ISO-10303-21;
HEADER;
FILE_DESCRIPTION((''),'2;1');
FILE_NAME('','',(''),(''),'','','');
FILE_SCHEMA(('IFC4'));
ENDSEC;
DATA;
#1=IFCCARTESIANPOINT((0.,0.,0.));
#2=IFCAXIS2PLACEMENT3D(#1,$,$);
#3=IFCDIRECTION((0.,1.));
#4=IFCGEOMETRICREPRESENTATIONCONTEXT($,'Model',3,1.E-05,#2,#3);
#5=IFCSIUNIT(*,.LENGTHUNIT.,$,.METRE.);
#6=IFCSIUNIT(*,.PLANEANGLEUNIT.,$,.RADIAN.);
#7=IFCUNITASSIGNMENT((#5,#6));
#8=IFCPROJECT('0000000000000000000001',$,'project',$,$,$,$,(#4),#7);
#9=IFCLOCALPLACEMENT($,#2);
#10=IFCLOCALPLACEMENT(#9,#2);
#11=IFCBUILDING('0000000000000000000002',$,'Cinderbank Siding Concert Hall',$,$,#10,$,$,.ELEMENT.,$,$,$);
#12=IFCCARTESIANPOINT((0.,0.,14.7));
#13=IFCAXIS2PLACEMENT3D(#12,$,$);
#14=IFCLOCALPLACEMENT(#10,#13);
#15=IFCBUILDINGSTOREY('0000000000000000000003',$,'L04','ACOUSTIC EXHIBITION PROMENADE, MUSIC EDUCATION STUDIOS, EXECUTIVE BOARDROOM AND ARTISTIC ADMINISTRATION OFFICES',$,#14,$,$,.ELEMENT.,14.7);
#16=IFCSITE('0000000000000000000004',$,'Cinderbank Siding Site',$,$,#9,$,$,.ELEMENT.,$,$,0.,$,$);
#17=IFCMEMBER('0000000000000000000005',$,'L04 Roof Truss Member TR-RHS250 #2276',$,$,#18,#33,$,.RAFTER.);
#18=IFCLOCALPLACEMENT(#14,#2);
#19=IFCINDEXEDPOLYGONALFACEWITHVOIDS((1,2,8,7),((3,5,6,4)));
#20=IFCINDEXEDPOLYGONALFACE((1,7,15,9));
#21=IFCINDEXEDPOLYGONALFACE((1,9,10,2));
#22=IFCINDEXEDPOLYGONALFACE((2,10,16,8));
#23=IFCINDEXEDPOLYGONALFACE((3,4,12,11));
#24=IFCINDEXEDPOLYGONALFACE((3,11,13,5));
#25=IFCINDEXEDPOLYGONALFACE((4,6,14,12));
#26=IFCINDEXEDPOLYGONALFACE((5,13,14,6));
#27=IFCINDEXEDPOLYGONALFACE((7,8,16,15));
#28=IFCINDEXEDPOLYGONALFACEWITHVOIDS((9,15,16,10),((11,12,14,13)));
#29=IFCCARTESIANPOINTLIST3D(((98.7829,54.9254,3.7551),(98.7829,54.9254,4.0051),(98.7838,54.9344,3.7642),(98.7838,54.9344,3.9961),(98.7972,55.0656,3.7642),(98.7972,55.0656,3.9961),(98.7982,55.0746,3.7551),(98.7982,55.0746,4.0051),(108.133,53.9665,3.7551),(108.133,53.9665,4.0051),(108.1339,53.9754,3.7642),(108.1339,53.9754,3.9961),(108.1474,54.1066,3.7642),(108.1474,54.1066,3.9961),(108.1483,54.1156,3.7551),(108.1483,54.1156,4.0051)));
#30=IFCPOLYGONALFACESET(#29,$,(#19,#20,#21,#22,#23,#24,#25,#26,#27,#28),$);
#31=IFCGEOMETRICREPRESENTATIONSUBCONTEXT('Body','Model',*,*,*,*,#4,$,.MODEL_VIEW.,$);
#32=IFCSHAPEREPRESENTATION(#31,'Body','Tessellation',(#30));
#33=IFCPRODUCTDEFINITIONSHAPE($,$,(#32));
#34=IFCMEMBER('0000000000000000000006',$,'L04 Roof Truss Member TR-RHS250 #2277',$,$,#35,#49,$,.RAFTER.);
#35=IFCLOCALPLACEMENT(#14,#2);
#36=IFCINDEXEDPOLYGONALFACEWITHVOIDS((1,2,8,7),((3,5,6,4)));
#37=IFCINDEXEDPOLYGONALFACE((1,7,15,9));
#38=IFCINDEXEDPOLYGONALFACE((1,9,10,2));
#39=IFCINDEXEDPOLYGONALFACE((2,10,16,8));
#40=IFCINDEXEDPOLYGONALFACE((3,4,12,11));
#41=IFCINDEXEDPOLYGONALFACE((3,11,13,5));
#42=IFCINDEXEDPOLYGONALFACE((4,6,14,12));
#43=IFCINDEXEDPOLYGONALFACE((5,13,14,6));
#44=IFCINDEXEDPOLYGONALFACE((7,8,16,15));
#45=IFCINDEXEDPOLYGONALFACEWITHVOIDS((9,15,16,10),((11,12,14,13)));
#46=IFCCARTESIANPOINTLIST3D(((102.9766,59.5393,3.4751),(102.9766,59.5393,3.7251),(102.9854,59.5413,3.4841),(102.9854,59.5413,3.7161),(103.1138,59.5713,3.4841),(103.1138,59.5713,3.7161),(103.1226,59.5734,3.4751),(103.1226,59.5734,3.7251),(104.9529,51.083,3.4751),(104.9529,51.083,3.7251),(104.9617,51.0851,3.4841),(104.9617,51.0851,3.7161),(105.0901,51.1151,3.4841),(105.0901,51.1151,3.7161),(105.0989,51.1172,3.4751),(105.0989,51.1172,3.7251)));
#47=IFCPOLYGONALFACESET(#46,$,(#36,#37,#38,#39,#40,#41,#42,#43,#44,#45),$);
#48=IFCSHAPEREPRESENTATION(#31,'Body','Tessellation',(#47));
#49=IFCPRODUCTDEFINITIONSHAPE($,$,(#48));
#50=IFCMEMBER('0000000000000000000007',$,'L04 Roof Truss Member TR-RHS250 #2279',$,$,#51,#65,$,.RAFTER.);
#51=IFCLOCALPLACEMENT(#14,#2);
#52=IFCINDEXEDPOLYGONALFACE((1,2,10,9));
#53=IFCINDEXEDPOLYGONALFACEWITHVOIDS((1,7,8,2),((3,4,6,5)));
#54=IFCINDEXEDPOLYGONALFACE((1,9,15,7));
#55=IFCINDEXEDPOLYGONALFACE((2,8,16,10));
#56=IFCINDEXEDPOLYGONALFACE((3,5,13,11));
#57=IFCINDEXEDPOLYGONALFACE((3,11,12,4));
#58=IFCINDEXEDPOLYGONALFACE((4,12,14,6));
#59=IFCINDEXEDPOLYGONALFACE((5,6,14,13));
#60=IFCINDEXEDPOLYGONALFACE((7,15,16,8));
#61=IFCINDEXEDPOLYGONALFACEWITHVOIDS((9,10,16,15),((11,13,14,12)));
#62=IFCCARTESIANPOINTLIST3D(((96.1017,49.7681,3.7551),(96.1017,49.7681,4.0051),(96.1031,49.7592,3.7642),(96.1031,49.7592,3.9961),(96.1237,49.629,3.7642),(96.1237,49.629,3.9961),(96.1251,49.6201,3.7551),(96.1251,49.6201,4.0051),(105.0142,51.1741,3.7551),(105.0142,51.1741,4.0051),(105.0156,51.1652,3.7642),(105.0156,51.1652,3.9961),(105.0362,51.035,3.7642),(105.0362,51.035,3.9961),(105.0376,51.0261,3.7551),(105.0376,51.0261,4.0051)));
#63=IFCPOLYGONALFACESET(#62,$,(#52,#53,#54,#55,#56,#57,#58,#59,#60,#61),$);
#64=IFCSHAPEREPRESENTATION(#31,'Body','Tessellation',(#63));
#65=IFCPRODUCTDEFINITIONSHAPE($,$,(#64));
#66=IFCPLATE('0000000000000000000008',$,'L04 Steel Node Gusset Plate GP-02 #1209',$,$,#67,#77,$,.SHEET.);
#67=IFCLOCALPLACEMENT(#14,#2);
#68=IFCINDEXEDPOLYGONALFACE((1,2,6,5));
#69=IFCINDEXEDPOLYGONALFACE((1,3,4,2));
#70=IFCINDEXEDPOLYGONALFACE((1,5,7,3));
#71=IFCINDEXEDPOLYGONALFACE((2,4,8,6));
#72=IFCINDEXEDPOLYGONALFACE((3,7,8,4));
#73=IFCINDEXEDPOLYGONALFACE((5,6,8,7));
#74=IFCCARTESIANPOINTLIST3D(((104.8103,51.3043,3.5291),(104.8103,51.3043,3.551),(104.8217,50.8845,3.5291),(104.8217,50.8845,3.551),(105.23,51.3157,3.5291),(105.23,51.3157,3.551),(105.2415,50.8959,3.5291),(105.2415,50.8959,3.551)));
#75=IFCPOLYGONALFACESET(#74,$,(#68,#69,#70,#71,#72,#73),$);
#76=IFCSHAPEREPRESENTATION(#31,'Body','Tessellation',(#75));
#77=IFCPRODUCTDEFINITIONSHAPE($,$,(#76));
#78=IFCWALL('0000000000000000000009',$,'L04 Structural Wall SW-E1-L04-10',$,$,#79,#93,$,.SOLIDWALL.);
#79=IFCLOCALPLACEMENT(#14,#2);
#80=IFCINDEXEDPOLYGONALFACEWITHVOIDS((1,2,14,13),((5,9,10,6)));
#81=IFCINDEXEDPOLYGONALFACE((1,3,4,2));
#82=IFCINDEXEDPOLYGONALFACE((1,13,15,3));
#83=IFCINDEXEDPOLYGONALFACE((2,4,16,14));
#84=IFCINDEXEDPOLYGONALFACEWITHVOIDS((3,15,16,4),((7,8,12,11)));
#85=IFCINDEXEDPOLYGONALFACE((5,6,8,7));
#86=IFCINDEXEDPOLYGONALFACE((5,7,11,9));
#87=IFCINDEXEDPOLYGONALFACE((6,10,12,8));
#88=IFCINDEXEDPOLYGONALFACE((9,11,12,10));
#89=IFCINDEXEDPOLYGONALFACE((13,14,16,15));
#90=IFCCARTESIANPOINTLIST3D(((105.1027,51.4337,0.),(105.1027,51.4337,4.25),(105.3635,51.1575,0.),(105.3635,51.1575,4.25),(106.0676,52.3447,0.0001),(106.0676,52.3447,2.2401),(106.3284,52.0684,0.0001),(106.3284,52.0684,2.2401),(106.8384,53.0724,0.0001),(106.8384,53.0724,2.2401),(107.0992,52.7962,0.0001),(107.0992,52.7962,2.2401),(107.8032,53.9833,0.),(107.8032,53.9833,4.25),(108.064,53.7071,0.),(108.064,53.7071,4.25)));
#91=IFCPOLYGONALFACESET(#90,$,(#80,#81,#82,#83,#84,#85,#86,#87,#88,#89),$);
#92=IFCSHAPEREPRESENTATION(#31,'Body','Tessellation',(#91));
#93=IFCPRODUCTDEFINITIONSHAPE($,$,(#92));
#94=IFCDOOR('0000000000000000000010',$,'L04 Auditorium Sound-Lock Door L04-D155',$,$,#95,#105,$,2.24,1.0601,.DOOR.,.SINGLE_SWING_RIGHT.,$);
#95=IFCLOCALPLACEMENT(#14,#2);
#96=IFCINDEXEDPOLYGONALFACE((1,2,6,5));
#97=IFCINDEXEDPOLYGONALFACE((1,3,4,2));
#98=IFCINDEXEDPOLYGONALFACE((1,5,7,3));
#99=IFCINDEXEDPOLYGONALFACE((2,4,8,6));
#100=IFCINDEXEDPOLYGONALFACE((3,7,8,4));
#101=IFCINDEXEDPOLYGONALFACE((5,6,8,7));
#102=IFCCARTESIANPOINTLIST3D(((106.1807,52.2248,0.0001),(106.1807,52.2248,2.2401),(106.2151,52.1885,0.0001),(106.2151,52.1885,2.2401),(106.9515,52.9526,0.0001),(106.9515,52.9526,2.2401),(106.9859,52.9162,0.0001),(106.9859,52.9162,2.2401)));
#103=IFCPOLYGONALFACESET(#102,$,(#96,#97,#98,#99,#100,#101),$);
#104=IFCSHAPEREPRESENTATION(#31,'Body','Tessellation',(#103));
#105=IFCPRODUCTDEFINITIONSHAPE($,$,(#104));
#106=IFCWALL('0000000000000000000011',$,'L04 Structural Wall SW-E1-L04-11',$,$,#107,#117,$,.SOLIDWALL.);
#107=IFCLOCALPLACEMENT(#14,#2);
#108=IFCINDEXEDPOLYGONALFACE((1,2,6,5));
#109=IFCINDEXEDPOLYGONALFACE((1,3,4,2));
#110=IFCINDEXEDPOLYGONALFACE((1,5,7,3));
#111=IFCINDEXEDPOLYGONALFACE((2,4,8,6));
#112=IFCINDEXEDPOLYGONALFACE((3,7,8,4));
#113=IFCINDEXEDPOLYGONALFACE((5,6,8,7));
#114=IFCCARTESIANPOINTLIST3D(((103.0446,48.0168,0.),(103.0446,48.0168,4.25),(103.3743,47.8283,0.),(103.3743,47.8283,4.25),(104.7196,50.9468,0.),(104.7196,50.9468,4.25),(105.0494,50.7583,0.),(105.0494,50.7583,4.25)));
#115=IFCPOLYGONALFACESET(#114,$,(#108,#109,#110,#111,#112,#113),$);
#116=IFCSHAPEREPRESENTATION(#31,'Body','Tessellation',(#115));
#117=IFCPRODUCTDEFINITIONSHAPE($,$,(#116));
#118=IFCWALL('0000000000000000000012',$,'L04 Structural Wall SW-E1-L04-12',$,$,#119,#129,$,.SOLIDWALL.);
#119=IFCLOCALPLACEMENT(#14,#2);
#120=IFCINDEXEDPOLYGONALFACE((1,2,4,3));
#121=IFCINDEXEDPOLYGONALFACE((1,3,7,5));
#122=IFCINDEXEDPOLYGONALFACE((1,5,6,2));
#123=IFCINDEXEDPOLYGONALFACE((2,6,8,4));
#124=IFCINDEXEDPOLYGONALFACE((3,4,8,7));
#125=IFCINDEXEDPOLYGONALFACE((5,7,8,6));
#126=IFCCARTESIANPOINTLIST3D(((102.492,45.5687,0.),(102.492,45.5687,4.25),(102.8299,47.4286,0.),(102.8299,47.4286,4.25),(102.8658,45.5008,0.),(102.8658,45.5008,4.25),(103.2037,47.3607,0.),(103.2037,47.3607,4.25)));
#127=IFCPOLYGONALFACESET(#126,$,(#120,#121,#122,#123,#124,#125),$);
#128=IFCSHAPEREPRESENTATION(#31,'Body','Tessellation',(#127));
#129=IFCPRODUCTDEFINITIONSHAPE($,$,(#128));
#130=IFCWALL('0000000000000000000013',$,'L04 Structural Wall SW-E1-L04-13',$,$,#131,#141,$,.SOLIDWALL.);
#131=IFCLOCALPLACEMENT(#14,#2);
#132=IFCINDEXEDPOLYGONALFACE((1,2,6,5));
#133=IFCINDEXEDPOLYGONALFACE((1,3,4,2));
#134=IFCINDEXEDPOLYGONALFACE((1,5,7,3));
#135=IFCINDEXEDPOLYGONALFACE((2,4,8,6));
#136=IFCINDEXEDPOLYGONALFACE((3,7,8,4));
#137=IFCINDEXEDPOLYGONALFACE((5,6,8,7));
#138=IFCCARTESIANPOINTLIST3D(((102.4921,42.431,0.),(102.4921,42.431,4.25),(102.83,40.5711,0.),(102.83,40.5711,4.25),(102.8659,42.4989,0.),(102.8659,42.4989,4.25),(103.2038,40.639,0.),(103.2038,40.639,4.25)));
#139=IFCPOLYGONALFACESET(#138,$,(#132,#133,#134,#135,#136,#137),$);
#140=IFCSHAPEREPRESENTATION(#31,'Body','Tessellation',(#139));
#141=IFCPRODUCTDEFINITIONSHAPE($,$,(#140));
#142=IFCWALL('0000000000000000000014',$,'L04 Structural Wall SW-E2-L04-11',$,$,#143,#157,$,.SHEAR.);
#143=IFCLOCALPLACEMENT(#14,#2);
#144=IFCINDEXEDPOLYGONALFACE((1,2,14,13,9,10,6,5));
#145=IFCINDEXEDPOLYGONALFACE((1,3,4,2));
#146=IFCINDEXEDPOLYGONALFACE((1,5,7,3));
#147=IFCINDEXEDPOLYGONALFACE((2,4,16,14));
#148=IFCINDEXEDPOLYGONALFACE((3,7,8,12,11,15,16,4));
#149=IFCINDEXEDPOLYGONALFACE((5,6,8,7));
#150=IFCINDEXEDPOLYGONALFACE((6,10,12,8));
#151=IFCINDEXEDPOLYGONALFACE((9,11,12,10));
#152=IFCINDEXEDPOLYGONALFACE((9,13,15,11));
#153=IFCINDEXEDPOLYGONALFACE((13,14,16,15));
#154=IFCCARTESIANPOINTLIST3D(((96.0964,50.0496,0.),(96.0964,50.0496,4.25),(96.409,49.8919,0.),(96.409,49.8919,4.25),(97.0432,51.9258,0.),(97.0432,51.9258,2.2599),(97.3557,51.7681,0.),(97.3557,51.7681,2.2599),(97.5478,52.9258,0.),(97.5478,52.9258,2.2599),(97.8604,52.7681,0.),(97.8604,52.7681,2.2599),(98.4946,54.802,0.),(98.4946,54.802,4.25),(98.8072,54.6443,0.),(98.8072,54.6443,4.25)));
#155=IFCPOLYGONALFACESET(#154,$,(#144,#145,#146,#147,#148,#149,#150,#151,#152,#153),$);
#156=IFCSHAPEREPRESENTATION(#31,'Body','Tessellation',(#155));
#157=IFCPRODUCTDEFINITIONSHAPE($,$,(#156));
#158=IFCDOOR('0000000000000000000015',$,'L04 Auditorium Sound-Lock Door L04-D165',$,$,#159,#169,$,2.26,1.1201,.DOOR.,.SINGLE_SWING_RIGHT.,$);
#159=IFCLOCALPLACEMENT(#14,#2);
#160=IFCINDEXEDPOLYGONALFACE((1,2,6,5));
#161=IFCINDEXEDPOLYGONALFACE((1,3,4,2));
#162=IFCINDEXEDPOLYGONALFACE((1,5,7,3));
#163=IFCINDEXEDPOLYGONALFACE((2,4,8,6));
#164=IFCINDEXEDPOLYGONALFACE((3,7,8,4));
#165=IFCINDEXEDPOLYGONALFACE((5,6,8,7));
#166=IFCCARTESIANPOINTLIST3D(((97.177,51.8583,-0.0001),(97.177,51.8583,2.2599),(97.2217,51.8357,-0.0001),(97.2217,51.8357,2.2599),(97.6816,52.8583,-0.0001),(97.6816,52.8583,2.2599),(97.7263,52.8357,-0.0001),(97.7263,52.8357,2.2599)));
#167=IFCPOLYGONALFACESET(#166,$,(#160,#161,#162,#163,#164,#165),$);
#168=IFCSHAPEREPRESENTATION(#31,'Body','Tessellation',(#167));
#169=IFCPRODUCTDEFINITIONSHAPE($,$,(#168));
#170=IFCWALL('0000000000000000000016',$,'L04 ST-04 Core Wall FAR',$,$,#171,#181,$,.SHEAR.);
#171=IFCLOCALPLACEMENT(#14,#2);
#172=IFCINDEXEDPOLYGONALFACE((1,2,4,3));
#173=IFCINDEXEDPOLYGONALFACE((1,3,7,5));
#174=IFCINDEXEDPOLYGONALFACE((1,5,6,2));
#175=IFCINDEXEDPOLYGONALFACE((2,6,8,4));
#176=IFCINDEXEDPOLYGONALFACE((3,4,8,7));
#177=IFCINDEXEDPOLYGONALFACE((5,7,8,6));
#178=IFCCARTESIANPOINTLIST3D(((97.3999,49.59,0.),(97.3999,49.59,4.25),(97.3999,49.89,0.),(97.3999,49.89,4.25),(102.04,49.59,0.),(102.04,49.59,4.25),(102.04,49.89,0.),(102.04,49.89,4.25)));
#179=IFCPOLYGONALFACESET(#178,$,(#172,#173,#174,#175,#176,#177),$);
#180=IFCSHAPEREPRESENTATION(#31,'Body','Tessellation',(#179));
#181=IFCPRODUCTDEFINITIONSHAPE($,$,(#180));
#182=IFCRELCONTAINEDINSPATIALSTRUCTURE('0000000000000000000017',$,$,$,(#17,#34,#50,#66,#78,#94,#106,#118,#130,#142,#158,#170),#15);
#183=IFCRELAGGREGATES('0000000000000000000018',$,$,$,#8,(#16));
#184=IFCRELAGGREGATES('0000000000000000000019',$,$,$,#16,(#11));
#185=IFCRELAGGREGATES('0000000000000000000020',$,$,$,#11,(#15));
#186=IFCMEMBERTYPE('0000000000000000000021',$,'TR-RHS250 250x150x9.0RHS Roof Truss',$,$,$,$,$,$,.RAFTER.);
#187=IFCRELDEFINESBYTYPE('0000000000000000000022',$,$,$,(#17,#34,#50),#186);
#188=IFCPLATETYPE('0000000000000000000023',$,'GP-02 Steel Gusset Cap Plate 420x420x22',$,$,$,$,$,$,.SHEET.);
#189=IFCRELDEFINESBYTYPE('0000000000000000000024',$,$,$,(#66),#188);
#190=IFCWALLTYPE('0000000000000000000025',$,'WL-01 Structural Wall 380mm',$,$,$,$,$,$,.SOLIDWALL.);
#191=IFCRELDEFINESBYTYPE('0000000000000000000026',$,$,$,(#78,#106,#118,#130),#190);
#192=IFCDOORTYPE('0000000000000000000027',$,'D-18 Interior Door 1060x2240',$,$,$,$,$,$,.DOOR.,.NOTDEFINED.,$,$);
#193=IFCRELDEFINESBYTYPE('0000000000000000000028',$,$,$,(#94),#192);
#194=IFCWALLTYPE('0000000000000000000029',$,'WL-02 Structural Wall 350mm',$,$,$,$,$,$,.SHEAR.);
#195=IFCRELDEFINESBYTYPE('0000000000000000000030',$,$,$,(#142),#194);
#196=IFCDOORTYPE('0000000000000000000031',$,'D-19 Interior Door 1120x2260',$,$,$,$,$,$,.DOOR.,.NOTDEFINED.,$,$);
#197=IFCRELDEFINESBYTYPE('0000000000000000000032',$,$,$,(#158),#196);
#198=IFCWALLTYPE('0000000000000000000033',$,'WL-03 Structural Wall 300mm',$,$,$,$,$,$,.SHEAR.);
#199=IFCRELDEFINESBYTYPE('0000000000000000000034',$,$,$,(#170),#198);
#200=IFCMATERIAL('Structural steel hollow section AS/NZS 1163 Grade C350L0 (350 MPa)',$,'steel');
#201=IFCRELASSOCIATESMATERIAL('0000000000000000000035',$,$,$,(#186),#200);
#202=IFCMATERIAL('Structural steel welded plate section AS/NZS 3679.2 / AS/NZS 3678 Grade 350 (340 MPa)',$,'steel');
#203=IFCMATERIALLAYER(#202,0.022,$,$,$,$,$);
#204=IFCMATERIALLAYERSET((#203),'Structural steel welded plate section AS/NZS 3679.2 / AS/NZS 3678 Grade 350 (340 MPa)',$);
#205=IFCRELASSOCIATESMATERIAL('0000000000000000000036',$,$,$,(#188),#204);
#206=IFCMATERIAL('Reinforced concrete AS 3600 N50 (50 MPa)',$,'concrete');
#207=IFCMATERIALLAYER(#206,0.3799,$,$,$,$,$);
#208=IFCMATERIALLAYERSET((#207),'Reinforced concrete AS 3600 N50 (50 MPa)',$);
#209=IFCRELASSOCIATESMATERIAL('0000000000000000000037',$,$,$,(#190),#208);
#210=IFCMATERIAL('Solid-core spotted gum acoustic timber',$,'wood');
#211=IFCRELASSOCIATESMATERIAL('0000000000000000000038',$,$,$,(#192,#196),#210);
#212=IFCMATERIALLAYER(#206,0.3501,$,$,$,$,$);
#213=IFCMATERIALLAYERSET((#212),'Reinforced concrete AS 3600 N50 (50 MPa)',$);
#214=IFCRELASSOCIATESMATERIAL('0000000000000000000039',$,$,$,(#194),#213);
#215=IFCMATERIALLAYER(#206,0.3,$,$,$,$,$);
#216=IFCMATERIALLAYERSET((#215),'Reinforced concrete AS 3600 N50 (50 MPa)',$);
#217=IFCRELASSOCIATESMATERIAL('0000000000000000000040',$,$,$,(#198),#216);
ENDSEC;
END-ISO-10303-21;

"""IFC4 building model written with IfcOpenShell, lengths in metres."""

from ifc_helpers import new_model, si_unit, direction, frame, frame_2d, origin, origin_2d, place, context, subcontext, project, spatial, rectangle, hollow_rectangle, extrude, material, layer, layer_set, material_profile, profile_set, type_object, element, fill, save


model = new_model("IFC4")

# Units and contexts
model_context = context("Model", 3, precision=1e-05, world=origin(), true_north=direction((0.0, 1.0)))
body_context = subcontext(model_context, "Body", "Model", "MODEL_VIEW")
ifc_project = project(units=[si_unit("LENGTHUNIT", "METRE"), si_unit("PLANEANGLEUNIT", "RADIAN")], contexts=[model_context])

# Site, building, storey
site_placement = place(None, origin())
site = spatial("IfcSite", under=ifc_project, at=site_placement, Name="Cinderbank Siding Site", CompositionType="ELEMENT", RefElevation=0.0)
building_placement = place(site_placement, origin())
building = spatial("IfcBuilding", under=site, at=building_placement, Name="Cinderbank Siding Concert Hall", CompositionType="ELEMENT")
storey_placement = place(building_placement, frame((0.0, 0.0, 14.7)))
storey = spatial("IfcBuildingStorey", under=building, at=storey_placement, Name="L04", Description="ACOUSTIC EXHIBITION PROMENADE, MUSIC EDUCATION STUDIOS, EXECUTIVE BOARDROOM AND ARTISTIC ADMINISTRATION OFFICES", CompositionType="ELEMENT", Elevation=14.7)

# Shared definitions
ifc_material_1 = material(Name="Reinforced concrete AS 3600 N50 (50 MPa)", Category="concrete")

# Members
ifc_material_2 = material(Name="Structural steel hollow section AS/NZS 1163 Grade C350L0 (350 MPa)", Category="steel")
ifc_material_profile_1 = material_profile(ifc_material_2, hollow_rectangle(XDim=0.1499, YDim=0.25, WallThickness=0.009, at=origin_2d()), Name="250x150x9.0RHS", Category="LoadBearing")
ifc_profile_set_1 = profile_set([ifc_material_profile_1], Name="Structural steel hollow section AS/NZS 1163 Grade C350L0 (350 MPa)")
member_type_1 = type_object("IfcMemberType", Name="TR-RHS250 250x150x9.0RHS Roof Truss", PredefinedType="RAFTER", material=ifc_profile_set_1)
member_1_placement = place(storey_placement, frame((108.1406, 54.041, 3.8801), z_axis=(-0.994781, 0.102029, 0.0), x_axis=(-0.102029, -0.994781, 0.0)))
element("IfcMember", 1, at=member_1_placement, inside=storey, type_object=member_type_1, Name="L04 Roof Truss Member TR-RHS250 #2276", PredefinedType="RAFTER", context=body_context, shape_type="SweptSolid", body=[
    extrude(hollow_rectangle(XDim=0.1499, YDim=0.25, WallThickness=0.009, at=origin_2d()), origin(), (0.0, 0.0, 1.0), 9.3992),
])
member_2_placement = place(storey_placement, frame((105.0259, 51.1001, 3.6001), z_axis=(-0.227577, 0.97376, 0.0), x_axis=(-0.97376, -0.227577, 0.0)))
element("IfcMember", 2, at=member_2_placement, inside=storey, type_object=member_type_1, Name="L04 Roof Truss Member TR-RHS250 #2277", PredefinedType="RAFTER", context=body_context, shape_type="SweptSolid", body=[
    extrude(hollow_rectangle(XDim=0.1499, YDim=0.25, WallThickness=0.009, at=origin_2d()), origin(), (0.0, 0.0, 1.0), 8.6841),
])
member_3_placement = place(storey_placement, frame((105.0259, 51.1001, 3.8801), z_axis=(-0.987784, -0.155828, 0.0), x_axis=(0.155828, -0.987784, 0.0)))
element("IfcMember", 3, at=member_3_placement, inside=storey, type_object=member_type_1, Name="L04 Roof Truss Member TR-RHS250 #2279", PredefinedType="RAFTER", context=body_context, shape_type="SweptSolid", body=[
    extrude(hollow_rectangle(XDim=0.1499, YDim=0.25, WallThickness=0.009, at=origin_2d()), origin(), (0.0, 0.0, 1.0), 9.0227),
])

# Plate
ifc_material_3 = material(Name="Structural steel welded plate section AS/NZS 3679.2 / AS/NZS 3678 Grade 350 (340 MPa)", Category="steel")
ifc_layer_1 = layer(ifc_material_3, 0.022)
ifc_layer_set_1 = layer_set([ifc_layer_1], Name="Structural steel welded plate section AS/NZS 3679.2 / AS/NZS 3678 Grade 350 (340 MPa)")
plate_type = type_object("IfcPlateType", Name="GP-02 Steel Gusset Cap Plate 420x420x22", PredefinedType="SHEET", material=ifc_layer_set_1)
plate_placement = place(storey_placement, frame((105.0259, 51.1001, 3.5291), z_axis=(0.0, 0.0, 1.0), x_axis=(-0.999629, -0.027224, 0.0)))
element("IfcPlate", 4, at=plate_placement, inside=storey, type_object=plate_type, Name="L04 Steel Node Gusset Plate GP-02 #1209", PredefinedType="SHEET", context=body_context, shape_type="SweptSolid", body=[
    extrude(rectangle(XDim=0.4199, YDim=0.4199, at=origin_2d()), origin(), (0.0, 0.0, 1.0), 0.022),
])

# Wall, opening, door
ifc_layer_2 = layer(ifc_material_1, 0.3799)
ifc_layer_set_2 = layer_set([ifc_layer_2], Name="Reinforced concrete AS 3600 N50 (50 MPa)")
wall_type_1 = type_object("IfcWallType", Name="WL-01 Structural Wall 380mm", PredefinedType="SOLIDWALL", material=ifc_layer_set_2)
wall_1_placement = place(storey_placement, frame((107.9336, 53.8452, 0.0), z_axis=(0.0, 0.0, 1.0), x_axis=(-0.727128, -0.686502, 0.0)))
wall_1 = element("IfcWall", 5, at=wall_1_placement, inside=storey, type_object=wall_type_1, Name="L04 Structural Wall SW-E1-L04-10", PredefinedType="SOLIDWALL", context=body_context, shape_type="SweptSolid", body=[
    extrude(rectangle(XDim=3.7139, YDim=0.3799, at=frame_2d((1.8569, 0.0))), origin(), (0.0, 0.0, 1.0), 4.25),
])
opening_1_placement = place(wall_1_placement, frame((1.3269, 0.0, 0.0)))
opening_1 = element("IfcOpeningElement", 6, at=opening_1_placement, cuts=wall_1, PredefinedType="OPENING", context=body_context, shape_type="SweptSolid", body=[
    extrude(rectangle(XDim=1.0601, YDim=2.24, at=frame_2d((0.53, 1.1201))), frame((0.0, 0.2019, 0.0), z_axis=(0.0, -1.0, 0.0), x_axis=(1.0, 0.0, 0.0)), (0.0, 0.0, 1.0), 0.4038),
])
ifc_material_4 = material(Name="Solid-core spotted gum acoustic timber", Category="wood")
door_type_1 = type_object("IfcDoorType", Name="D-18 Interior Door 1060x2240", OperationType="NOTDEFINED", PredefinedType="DOOR", material=ifc_material_4)
door_1_placement = place(opening_1_placement, origin())
door_1 = element("IfcDoor", 7, at=door_1_placement, inside=storey, type_object=door_type_1, Name="L04 Auditorium Sound-Lock Door L04-D155", OperationType="SINGLE_SWING_RIGHT", OverallHeight=2.24, OverallWidth=1.0601, PredefinedType="DOOR", context=body_context, shape_type="SweptSolid", body=[
    extrude(rectangle(XDim=1.0601, YDim=2.24, at=frame_2d((0.53, 1.1201))), frame((0.0, 0.0249, 0.0), z_axis=(0.0, -1.0, 0.0), x_axis=(1.0, 0.0, 0.0)), (0.0, 0.0, 1.0), 0.05),
])
fill(opening_1, door_1)

# Walls
wall_2_placement = place(storey_placement, frame((104.8845, 50.8525, 0.0), z_axis=(0.0, 0.0, 1.0), x_axis=(-0.496318, -0.868141, 0.0)))
element("IfcWall", 8, at=wall_2_placement, inside=storey, type_object=wall_type_1, Name="L04 Structural Wall SW-E1-L04-11", PredefinedType="SOLIDWALL", context=body_context, shape_type="SweptSolid", body=[
    extrude(rectangle(XDim=3.375, YDim=0.3799, at=frame_2d((1.6875, 0.0))), origin(), (0.0, 0.0, 1.0), 4.25),
])
for number, where, z_axis, x_axis, name in (
    (9, (103.0168, 47.3948, 0.0), (0.0, 0.0, 1.0), (-0.178749, -0.983895, 0.0), "L04 Structural Wall SW-E1-L04-12"),
    (10, (102.679, 42.4651, 0.0), (0.0, 0.0, 1.0), (0.178749, -0.983895, 0.0), "L04 Structural Wall SW-E1-L04-13"),
):
    element("IfcWall", number, at=place(storey_placement, frame(where, z_axis=z_axis, x_axis=x_axis)), inside=storey, type_object=wall_type_1, Name=name, PredefinedType="SOLIDWALL", context=body_context, shape_type="SweptSolid", body=[
        extrude(rectangle(XDim=1.8904, YDim=0.3799, at=frame_2d((0.9453, 0.0))), origin(), (0.0, 0.0, 1.0), 4.25),
    ])

# Wall, opening, door
ifc_layer_3 = layer(ifc_material_1, 0.3501)
ifc_layer_set_3 = layer_set([ifc_layer_3], Name="Reinforced concrete AS 3600 N50 (50 MPa)")
wall_type_2 = type_object("IfcWallType", Name="WL-02 Structural Wall 350mm", PredefinedType="SHEAR", material=ifc_layer_set_3)
wall_3_placement = place(storey_placement, frame((98.6509, 54.7231, 0.0), z_axis=(0.0, 0.0, 1.0), x_axis=(-0.450513, -0.89277, 0.0)))
wall_3 = element("IfcWall", 11, at=wall_3_placement, inside=storey, type_object=wall_type_2, Name="L04 Structural Wall SW-E2-L04-11", PredefinedType="SHEAR", context=body_context, shape_type="SweptSolid", body=[
    extrude(rectangle(XDim=5.3232, YDim=0.3501, at=frame_2d((2.6616, 0.0))), origin(), (0.0, 0.0, 1.0), 4.25),
])
opening_2_placement = place(wall_3_placement, frame((2.1016, 0.0, 0.0)))
opening_2 = element("IfcOpeningElement", 12, at=opening_2_placement, cuts=wall_3, PredefinedType="OPENING", context=body_context, shape_type="SweptSolid", body=[
    extrude(rectangle(XDim=1.1201, YDim=2.26, at=frame_2d((0.5601, 1.1299))), frame((0.0, 0.187, 0.0), z_axis=(0.0, -1.0, 0.0), x_axis=(1.0, 0.0, 0.0)), (0.0, 0.0, 1.0), 0.374),
])
door_type_2 = type_object("IfcDoorType", Name="D-19 Interior Door 1120x2260", OperationType="NOTDEFINED", PredefinedType="DOOR", material=ifc_material_4)
door_2_placement = place(opening_2_placement, origin())
door_2 = element("IfcDoor", 13, at=door_2_placement, inside=storey, type_object=door_type_2, Name="L04 Auditorium Sound-Lock Door L04-D165", OperationType="SINGLE_SWING_RIGHT", OverallHeight=2.26, OverallWidth=1.1201, PredefinedType="DOOR", context=body_context, shape_type="SweptSolid", body=[
    extrude(rectangle(XDim=1.1201, YDim=2.26, at=frame_2d((0.5601, 1.1299))), frame((0.0, 0.0249, 0.0), z_axis=(0.0, -1.0, 0.0), x_axis=(1.0, 0.0, 0.0)), (0.0, 0.0, 1.0), 0.05),
])
fill(opening_2, door_2)

# Wall
ifc_layer_4 = layer(ifc_material_1, 0.3)
ifc_layer_set_4 = layer_set([ifc_layer_4], Name="Reinforced concrete AS 3600 N50 (50 MPa)")
wall_type_3 = type_object("IfcWallType", Name="WL-03 Structural Wall 300mm", PredefinedType="SHEAR", material=ifc_layer_set_4)
wall_4_placement = place(storey_placement, frame((97.3999, 49.74, 0.0), z_axis=(0.0, 0.0, 1.0), x_axis=(1.0, 0.0, 0.0)))
element("IfcWall", 14, at=wall_4_placement, inside=storey, type_object=wall_type_3, Name="L04 ST-04 Core Wall FAR", PredefinedType="SHEAR", context=body_context, shape_type="SweptSolid", body=[
    extrude(rectangle(XDim=4.6401, YDim=0.3, at=frame_2d((2.3201, 0.0))), origin(), (0.0, 0.0, 1.0), 4.25),
])

save(model, "model.ifc")
